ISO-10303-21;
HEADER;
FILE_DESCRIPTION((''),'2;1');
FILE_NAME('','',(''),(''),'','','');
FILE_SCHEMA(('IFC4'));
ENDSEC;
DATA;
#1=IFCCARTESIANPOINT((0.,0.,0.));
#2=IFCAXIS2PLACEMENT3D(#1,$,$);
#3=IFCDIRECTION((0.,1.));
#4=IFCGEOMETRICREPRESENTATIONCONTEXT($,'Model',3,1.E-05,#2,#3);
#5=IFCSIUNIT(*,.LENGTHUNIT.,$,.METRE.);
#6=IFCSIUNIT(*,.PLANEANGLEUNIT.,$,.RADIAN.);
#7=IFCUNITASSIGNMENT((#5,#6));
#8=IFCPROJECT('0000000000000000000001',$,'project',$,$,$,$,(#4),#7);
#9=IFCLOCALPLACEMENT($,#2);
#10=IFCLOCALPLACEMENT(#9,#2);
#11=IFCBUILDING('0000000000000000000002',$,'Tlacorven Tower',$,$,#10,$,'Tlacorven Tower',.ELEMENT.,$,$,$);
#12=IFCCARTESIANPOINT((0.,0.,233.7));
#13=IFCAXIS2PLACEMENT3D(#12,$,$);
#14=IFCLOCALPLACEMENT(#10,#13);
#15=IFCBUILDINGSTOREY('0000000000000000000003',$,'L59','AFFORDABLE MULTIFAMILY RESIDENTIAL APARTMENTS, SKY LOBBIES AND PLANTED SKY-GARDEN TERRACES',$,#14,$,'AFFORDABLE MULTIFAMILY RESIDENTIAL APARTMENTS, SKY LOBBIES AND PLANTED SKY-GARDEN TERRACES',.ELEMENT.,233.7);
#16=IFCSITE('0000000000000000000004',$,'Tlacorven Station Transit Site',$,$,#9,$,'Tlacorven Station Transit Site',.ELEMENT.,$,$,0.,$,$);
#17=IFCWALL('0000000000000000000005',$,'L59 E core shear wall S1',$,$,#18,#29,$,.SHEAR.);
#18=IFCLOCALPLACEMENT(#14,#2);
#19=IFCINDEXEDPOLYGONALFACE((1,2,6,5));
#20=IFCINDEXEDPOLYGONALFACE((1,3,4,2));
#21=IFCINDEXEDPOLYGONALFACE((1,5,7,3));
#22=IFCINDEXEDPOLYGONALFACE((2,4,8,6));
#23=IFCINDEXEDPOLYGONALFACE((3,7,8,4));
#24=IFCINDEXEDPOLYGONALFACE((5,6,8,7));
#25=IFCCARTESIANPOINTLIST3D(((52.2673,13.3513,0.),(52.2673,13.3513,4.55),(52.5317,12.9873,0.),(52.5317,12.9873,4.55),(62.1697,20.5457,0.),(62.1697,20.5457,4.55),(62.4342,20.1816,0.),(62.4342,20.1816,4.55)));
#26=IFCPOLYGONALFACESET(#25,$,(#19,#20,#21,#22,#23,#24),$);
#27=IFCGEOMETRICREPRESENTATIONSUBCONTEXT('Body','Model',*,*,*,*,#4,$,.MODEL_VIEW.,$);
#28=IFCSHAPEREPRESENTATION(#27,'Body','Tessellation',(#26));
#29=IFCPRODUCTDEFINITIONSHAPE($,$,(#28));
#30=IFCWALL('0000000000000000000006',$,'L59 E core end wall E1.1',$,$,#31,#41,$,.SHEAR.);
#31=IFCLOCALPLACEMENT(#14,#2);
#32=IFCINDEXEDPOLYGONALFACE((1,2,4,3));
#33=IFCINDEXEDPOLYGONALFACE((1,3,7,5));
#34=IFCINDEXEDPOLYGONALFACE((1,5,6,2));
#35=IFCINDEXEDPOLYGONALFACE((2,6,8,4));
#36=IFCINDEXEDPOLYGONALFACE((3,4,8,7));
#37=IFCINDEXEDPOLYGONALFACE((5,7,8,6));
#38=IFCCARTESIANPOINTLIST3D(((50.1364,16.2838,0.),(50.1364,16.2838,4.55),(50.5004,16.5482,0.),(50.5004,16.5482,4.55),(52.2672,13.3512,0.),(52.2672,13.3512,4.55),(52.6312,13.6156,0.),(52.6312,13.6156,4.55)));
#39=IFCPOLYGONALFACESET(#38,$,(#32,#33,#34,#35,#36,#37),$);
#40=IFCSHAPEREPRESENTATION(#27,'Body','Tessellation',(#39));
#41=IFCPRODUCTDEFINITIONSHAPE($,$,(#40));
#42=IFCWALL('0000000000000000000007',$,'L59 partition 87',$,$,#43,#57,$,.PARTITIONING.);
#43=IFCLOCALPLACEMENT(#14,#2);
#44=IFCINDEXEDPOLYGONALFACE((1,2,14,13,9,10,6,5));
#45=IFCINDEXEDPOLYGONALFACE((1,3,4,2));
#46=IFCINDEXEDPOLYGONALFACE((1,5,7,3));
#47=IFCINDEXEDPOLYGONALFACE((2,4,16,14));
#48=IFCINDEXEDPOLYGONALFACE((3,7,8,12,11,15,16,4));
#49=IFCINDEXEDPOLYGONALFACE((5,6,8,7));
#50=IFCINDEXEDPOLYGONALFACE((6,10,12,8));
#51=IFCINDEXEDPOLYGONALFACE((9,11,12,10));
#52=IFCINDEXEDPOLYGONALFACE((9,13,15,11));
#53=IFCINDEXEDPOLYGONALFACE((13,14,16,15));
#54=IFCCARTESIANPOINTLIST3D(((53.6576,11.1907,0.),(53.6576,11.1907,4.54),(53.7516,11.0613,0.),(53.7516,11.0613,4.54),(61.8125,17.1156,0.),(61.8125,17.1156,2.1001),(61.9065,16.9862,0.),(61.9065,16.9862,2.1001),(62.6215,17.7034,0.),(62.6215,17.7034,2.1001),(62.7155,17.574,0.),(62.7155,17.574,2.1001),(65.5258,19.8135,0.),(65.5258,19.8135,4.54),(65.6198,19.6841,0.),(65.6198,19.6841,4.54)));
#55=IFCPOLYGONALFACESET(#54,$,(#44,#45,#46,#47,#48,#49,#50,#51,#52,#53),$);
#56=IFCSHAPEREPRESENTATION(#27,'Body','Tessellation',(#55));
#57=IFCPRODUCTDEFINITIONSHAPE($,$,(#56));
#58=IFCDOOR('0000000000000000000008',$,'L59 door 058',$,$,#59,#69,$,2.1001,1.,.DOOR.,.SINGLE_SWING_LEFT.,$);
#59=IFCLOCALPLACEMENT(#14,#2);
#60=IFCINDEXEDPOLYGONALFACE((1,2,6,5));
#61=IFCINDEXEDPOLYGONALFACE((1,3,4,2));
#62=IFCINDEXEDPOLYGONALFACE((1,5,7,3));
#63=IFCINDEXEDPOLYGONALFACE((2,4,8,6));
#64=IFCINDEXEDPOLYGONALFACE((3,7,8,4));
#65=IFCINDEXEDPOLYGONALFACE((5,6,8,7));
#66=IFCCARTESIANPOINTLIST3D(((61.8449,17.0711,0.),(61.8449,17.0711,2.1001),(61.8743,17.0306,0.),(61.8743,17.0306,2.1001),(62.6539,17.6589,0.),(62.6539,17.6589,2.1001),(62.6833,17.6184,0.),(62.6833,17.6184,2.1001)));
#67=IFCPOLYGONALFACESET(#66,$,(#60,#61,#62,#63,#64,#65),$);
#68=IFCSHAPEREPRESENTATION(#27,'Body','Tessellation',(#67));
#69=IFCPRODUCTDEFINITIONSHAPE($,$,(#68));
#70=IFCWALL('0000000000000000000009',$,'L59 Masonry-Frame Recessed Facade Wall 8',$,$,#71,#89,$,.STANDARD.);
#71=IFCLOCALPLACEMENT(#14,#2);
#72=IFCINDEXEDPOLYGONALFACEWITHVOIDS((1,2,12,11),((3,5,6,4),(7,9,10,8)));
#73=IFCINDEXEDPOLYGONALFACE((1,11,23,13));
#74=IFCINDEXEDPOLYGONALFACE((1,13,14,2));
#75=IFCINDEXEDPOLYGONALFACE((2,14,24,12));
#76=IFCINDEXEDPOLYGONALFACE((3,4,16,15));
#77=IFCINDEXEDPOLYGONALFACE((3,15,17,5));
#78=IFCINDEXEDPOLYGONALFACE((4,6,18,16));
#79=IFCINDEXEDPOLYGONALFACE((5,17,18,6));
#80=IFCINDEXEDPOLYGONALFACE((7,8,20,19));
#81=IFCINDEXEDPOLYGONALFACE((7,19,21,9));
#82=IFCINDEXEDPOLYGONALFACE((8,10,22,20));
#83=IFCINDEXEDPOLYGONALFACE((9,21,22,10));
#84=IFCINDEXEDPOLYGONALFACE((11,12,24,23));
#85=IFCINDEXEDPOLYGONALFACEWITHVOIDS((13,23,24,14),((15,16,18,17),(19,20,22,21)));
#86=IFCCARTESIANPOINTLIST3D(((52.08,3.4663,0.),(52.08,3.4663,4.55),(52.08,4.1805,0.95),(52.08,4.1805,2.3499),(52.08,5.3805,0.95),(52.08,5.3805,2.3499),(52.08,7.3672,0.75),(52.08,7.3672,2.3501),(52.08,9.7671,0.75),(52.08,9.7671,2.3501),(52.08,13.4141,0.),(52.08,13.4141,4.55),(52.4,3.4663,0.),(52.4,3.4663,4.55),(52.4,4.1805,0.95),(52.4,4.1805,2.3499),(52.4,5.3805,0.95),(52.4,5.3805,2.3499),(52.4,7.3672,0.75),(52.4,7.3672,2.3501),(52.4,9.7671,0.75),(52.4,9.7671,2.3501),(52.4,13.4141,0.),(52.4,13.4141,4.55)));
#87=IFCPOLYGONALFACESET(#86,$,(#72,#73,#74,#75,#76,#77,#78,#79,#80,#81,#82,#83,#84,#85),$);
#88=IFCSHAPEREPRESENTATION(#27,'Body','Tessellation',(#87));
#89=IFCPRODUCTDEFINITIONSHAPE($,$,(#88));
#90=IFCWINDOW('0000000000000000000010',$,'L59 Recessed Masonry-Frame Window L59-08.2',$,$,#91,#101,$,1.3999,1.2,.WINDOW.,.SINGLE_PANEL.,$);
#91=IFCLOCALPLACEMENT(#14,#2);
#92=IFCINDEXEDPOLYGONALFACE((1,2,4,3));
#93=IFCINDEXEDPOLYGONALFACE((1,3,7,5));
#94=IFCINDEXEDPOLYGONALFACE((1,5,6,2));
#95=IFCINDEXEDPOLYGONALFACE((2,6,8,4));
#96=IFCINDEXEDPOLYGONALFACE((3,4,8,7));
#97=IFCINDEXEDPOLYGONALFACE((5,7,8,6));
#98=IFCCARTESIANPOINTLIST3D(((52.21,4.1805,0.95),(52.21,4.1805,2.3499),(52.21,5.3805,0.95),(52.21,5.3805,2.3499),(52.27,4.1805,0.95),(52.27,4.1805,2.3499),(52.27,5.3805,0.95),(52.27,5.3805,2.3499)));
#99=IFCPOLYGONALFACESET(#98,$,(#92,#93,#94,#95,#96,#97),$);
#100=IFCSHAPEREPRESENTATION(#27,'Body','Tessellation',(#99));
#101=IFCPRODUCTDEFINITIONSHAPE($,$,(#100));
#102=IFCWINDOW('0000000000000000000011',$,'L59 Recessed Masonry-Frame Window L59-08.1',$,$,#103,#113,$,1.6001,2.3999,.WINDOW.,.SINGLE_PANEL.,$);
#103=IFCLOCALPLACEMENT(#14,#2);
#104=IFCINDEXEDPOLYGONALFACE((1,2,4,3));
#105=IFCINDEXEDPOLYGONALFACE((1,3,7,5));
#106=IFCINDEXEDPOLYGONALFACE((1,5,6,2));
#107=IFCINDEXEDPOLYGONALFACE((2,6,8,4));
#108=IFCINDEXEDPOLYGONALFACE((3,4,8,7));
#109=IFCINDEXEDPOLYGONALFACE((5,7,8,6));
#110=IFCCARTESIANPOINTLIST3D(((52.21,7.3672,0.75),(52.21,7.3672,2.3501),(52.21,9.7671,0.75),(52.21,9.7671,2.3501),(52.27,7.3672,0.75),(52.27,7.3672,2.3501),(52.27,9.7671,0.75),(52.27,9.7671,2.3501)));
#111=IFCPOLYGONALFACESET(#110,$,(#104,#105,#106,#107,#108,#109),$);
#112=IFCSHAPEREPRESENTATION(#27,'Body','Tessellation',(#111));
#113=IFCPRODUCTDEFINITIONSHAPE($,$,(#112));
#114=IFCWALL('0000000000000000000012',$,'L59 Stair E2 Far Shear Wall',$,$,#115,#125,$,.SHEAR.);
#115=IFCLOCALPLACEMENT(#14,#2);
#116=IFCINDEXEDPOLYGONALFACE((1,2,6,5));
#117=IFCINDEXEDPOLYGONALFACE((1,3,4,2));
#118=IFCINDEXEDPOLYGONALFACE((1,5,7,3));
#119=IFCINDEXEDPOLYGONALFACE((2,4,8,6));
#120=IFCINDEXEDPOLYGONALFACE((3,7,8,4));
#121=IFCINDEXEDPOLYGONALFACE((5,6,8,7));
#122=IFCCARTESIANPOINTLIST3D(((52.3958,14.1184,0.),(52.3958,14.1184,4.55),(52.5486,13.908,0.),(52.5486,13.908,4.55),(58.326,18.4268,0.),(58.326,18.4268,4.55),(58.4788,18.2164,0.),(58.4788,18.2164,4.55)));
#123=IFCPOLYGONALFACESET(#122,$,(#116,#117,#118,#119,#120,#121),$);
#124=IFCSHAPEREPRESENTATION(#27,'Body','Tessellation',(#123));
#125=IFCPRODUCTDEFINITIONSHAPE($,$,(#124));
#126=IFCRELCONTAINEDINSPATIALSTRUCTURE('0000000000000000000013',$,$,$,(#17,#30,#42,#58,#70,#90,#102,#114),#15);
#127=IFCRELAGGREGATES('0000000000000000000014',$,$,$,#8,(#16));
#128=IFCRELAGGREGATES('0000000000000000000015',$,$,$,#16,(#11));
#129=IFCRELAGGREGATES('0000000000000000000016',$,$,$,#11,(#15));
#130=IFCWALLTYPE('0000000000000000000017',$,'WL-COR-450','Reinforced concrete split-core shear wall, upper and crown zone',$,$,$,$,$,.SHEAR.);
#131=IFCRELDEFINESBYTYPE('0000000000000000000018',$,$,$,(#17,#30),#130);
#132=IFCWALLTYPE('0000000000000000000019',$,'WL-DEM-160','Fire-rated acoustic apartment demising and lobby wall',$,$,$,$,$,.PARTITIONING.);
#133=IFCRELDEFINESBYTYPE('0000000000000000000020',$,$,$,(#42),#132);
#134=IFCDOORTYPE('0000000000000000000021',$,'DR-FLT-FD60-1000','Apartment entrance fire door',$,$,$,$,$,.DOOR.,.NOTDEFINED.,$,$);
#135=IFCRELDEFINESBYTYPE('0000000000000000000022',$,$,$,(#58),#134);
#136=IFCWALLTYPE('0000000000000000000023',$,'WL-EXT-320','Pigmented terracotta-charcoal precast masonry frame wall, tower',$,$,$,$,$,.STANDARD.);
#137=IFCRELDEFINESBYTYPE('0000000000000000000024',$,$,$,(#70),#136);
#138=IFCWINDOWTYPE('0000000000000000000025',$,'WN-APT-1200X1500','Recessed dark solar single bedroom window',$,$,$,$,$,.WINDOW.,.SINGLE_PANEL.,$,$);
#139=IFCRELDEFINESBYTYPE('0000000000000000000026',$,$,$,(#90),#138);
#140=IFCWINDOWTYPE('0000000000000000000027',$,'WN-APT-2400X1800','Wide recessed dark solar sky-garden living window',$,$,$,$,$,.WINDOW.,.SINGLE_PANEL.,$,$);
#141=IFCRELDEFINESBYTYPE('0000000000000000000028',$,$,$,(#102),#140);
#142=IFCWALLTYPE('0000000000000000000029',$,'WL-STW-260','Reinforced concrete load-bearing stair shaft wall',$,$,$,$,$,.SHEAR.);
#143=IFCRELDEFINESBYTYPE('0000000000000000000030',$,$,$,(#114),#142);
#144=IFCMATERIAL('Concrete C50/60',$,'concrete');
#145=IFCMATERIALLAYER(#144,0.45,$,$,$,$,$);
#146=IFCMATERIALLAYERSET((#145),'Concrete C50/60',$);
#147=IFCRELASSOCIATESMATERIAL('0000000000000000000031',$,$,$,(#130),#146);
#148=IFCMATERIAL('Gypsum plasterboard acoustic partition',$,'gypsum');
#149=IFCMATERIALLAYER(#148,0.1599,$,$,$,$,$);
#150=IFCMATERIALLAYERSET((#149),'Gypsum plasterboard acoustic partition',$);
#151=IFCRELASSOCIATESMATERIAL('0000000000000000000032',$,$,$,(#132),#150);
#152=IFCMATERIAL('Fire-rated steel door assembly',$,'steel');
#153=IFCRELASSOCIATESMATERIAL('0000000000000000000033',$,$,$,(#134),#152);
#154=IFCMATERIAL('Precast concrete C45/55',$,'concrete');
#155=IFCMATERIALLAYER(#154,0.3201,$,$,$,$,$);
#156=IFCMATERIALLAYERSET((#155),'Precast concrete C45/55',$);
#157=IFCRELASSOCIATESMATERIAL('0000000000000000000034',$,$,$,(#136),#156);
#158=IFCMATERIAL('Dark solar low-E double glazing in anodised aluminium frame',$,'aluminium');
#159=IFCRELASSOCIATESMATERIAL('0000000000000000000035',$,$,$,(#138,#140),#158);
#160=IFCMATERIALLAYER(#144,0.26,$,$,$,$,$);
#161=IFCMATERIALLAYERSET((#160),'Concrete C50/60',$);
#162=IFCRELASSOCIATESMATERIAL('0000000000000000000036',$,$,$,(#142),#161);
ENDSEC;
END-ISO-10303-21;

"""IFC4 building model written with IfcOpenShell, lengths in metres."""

from ifc_helpers import new_model, si_unit, direction, frame, frame_2d, origin, place, context, subcontext, project, spatial, rectangle, extrude, source, transform, mapped, material, layer, layer_set, type_object, element, fill, save


model = new_model("IFC4")

# Units and contexts
model_context = context("Model", 3, precision=1e-05, world=origin(), true_north=direction((0.0, 1.0)))
body_context = subcontext(model_context, "Body", "Model", "MODEL_VIEW")
ifc_project = project(units=[si_unit("LENGTHUNIT", "METRE"), si_unit("PLANEANGLEUNIT", "RADIAN")], contexts=[model_context])

# Site, building, storey
site_placement = place(None, origin())
site = spatial("IfcSite", under=ifc_project, at=site_placement, Name="Tlacorven Station Transit Site", LongName="Tlacorven Station Transit Site", CompositionType="ELEMENT", RefElevation=0.0)
building_placement = place(site_placement, origin())
building = spatial("IfcBuilding", under=site, at=building_placement, Name="Tlacorven Tower", LongName="Tlacorven Tower", CompositionType="ELEMENT")
storey_placement = place(building_placement, frame((0.0, 0.0, 233.7)))
storey = spatial("IfcBuildingStorey", under=building, at=storey_placement, Name="L59", Description="AFFORDABLE MULTIFAMILY RESIDENTIAL APARTMENTS, SKY LOBBIES AND PLANTED SKY-GARDEN TERRACES", LongName="AFFORDABLE MULTIFAMILY RESIDENTIAL APARTMENTS, SKY LOBBIES AND PLANTED SKY-GARDEN TERRACES", CompositionType="ELEMENT", Elevation=233.7)

# Walls
ifc_material_1 = material(Name="Concrete C50/60", Category="concrete")
ifc_layer_1 = layer(ifc_material_1, 0.45)
ifc_layer_set_1 = layer_set([ifc_layer_1], Name="Concrete C50/60")
wall_type_1 = type_object("IfcWallType", Name="WL-COR-450", Description="Reinforced concrete split-core shear wall, upper and crown zone", PredefinedType="SHEAR", material=ifc_layer_set_1)
wall_1_placement = place(storey_placement, frame((52.3994, 13.1692, 0.0), z_axis=(0.0, 0.0, 1.0), x_axis=(0.809022, 0.587778, 0.0)))
element("IfcWall", 1, at=wall_1_placement, inside=storey, type_object=wall_type_1, Name="L59 E core shear wall S1", PredefinedType="SHEAR", context=body_context, shape_type="SweptSolid", body=[
    extrude(rectangle(XDim=12.24, YDim=0.45, at=frame_2d((6.1201, 0.0))), origin(), (0.0, 0.0, 1.0), 4.55),
])
wall_2_placement = place(storey_placement, frame((52.4492, 13.4834, 0.0), z_axis=(0.0, 0.0, 1.0), x_axis=(-0.587819, 0.808992, 0.0)))
element("IfcWall", 2, at=wall_2_placement, inside=storey, type_object=wall_type_1, Name="L59 E core end wall E1.1", PredefinedType="SHEAR", context=body_context, shape_type="SweptSolid", body=[
    extrude(rectangle(XDim=3.625, YDim=0.45, at=frame_2d((1.8125, 0.0))), origin(), (0.0, 0.0, 1.0), 4.55),
])

# Wall, opening, door
ifc_material_2 = material(Name="Gypsum plasterboard acoustic partition", Category="gypsum")
ifc_layer_2 = layer(ifc_material_2, 0.1599)
ifc_layer_set_2 = layer_set([ifc_layer_2], Name="Gypsum plasterboard acoustic partition")
wall_type_2 = type_object("IfcWallType", Name="WL-DEM-160", Description="Fire-rated acoustic apartment demising and lobby wall", PredefinedType="PARTITIONING", material=ifc_layer_set_2)
wall_3_placement = place(storey_placement, frame((53.7046, 11.126, 0.0), z_axis=(0.0, 0.0, 1.0), x_axis=(0.809015, 0.587789, 0.0)))
wall_3 = element("IfcWall", 3, at=wall_3_placement, inside=storey, type_object=wall_type_2, Name="L59 partition 87", PredefinedType="PARTITIONING", context=body_context, shape_type="SweptSolid", body=[
    extrude(rectangle(XDim=14.6699, YDim=0.1599, at=frame_2d((7.335, 0.0))), origin(), (0.0, 0.0, 1.0), 4.54),
])
opening_1_placement = place(wall_3_placement, frame((10.0801, 0.0, 0.0)))
opening_1 = element("IfcOpeningElement", 4, at=opening_1_placement, cuts=wall_3, PredefinedType="OPENING", context=body_context, shape_type="SweptSolid", body=[
    extrude(rectangle(XDim=1.0, YDim=2.1001, at=frame_2d((0.5, 1.05))), frame((0.0, 0.0898, 0.0), z_axis=(0.0, -1.0, 0.0), x_axis=(1.0, 0.0, 0.0)), (0.0, 0.0, 1.0), 0.1799),
])
ifc_material_3 = material(Name="Fire-rated steel door assembly", Category="steel")
door_type = type_object("IfcDoorType", Name="DR-FLT-FD60-1000", Description="Apartment entrance fire door", OperationType="NOTDEFINED", PredefinedType="DOOR", material=ifc_material_3)
shared_shape_1 = source(origin(), body_context, "Body", "SweptSolid", [
    extrude(rectangle(XDim=1.0, YDim=2.1001, at=frame_2d((0.5, 1.05))), frame((0.0, 0.0249, 0.0), z_axis=(0.0, -1.0, 0.0), x_axis=(1.0, 0.0, 0.0)), (0.0, 0.0, 1.0), 0.05),
])
door_placement = place(opening_1_placement, origin())
door = element("IfcDoor", 5, at=door_placement, inside=storey, type_object=door_type, Name="L59 door 058", OperationType="SINGLE_SWING_LEFT", OverallHeight=2.1001, OverallWidth=1.0, PredefinedType="DOOR", context=body_context, shape_type="MappedRepresentation", body=[
    mapped(shared_shape_1, transform((0.0, 0.0, 0.0), scale=1.0)),
])
fill(opening_1, door)

# Wall, openings, windows
ifc_material_4 = material(Name="Precast concrete C45/55", Category="concrete")
ifc_layer_3 = layer(ifc_material_4, 0.3201)
ifc_layer_set_3 = layer_set([ifc_layer_3], Name="Precast concrete C45/55")
wall_type_3 = type_object("IfcWallType", Name="WL-EXT-320", Description="Pigmented terracotta-charcoal precast masonry frame wall, tower", PredefinedType="STANDARD", material=ifc_layer_set_3)
wall_4_placement = place(storey_placement, frame((52.24, 13.4141, 0.0), z_axis=(0.0, 0.0, 1.0), x_axis=(0.0, -1.0, 0.0)))
wall_4 = element("IfcWall", 6, at=wall_4_placement, inside=storey, type_object=wall_type_3, Name="L59 Masonry-Frame Recessed Facade Wall 8", PredefinedType="STANDARD", context=body_context, shape_type="SweptSolid", body=[
    extrude(rectangle(XDim=9.9478, YDim=0.3201, at=frame_2d((4.9739, 0.0))), origin(), (0.0, 0.0, 1.0), 4.55),
])
opening_2_placement = place(wall_4_placement, frame((3.647, 0.0, 0.75)))
opening_2 = element("IfcOpeningElement", 7, at=opening_2_placement, cuts=wall_4, PredefinedType="OPENING", context=body_context, shape_type="SweptSolid", body=[
    extrude(rectangle(XDim=2.3999, YDim=1.6001, at=frame_2d((1.2, 0.8))), frame((0.0, 0.1699, 0.0), z_axis=(0.0, -1.0, 0.0), x_axis=(1.0, 0.0, 0.0)), (0.0, 0.0, 1.0), 0.3401),
])
opening_3_placement = place(wall_4_placement, frame((8.0334, 0.0, 0.95)))
opening_3 = element("IfcOpeningElement", 8, at=opening_3_placement, cuts=wall_4, PredefinedType="OPENING", context=body_context, shape_type="SweptSolid", body=[
    extrude(rectangle(XDim=1.2, YDim=1.3999, at=frame_2d((0.6001, 0.7))), frame((0.0, 0.1699, 0.0), z_axis=(0.0, -1.0, 0.0), x_axis=(1.0, 0.0, 0.0)), (0.0, 0.0, 1.0), 0.3401),
])
ifc_material_5 = material(Name="Dark solar low-E double glazing in anodised aluminium frame", Category="aluminium")
window_type_1 = type_object("IfcWindowType", Name="WN-APT-1200X1500", Description="Recessed dark solar single bedroom window", PartitioningType="SINGLE_PANEL", PredefinedType="WINDOW", material=ifc_material_5)
shared_shape_2 = source(origin(), body_context, "Body", "SweptSolid", [
    extrude(rectangle(XDim=1.2, YDim=1.3999, at=frame_2d((0.6001, 0.7))), frame((0.0, 0.03, 0.0), z_axis=(0.0, -1.0, 0.0), x_axis=(1.0, 0.0, 0.0)), (0.0, 0.0, 1.0), 0.0601),
])
window_1_placement = place(opening_3_placement, origin())
window_1 = element("IfcWindow", 9, at=window_1_placement, inside=storey, type_object=window_type_1, Name="L59 Recessed Masonry-Frame Window L59-08.2", OverallHeight=1.3999, OverallWidth=1.2, PartitioningType="SINGLE_PANEL", PredefinedType="WINDOW", context=body_context, shape_type="MappedRepresentation", body=[
    mapped(shared_shape_2, transform((0.0, 0.0, 0.0), scale=1.0)),
])
fill(opening_3, window_1)
window_type_2 = type_object("IfcWindowType", Name="WN-APT-2400X1800", Description="Wide recessed dark solar sky-garden living window", PartitioningType="SINGLE_PANEL", PredefinedType="WINDOW", material=ifc_material_5)
shared_shape_3 = source(origin(), body_context, "Body", "SweptSolid", [
    extrude(rectangle(XDim=2.3999, YDim=1.6001, at=frame_2d((1.2, 0.8))), frame((0.0, 0.03, 0.0), z_axis=(0.0, -1.0, 0.0), x_axis=(1.0, 0.0, 0.0)), (0.0, 0.0, 1.0), 0.0601),
])
window_2_placement = place(opening_2_placement, origin())
window_2 = element("IfcWindow", 10, at=window_2_placement, inside=storey, type_object=window_type_2, Name="L59 Recessed Masonry-Frame Window L59-08.1", OverallHeight=1.6001, OverallWidth=2.3999, PartitioningType="SINGLE_PANEL", PredefinedType="WINDOW", context=body_context, shape_type="MappedRepresentation", body=[
    mapped(shared_shape_3, transform((0.0, 0.0, 0.0), scale=1.0)),
])
fill(opening_2, window_2)

# Wall
ifc_layer_4 = layer(ifc_material_1, 0.26)
ifc_layer_set_4 = layer_set([ifc_layer_4], Name="Concrete C50/60")
wall_type_4 = type_object("IfcWallType", Name="WL-STW-260", Description="Reinforced concrete load-bearing stair shaft wall", PredefinedType="SHEAR", material=ifc_layer_set_4)
wall_5_placement = place(storey_placement, frame((52.4722, 14.0132, 0.0), z_axis=(0.0, 0.0, 1.0), x_axis=(0.809028, 0.58777, 0.0)))
element("IfcWall", 11, at=wall_5_placement, inside=storey, type_object=wall_type_4, Name="L59 Stair E2 Far Shear Wall", PredefinedType="SHEAR", context=body_context, shape_type="SweptSolid", body=[
    extrude(rectangle(XDim=7.3301, YDim=0.26, at=frame_2d((3.665, 0.0))), origin(), (0.0, 0.0, 1.0), 4.55),
])

save(model, "model.ifc")
